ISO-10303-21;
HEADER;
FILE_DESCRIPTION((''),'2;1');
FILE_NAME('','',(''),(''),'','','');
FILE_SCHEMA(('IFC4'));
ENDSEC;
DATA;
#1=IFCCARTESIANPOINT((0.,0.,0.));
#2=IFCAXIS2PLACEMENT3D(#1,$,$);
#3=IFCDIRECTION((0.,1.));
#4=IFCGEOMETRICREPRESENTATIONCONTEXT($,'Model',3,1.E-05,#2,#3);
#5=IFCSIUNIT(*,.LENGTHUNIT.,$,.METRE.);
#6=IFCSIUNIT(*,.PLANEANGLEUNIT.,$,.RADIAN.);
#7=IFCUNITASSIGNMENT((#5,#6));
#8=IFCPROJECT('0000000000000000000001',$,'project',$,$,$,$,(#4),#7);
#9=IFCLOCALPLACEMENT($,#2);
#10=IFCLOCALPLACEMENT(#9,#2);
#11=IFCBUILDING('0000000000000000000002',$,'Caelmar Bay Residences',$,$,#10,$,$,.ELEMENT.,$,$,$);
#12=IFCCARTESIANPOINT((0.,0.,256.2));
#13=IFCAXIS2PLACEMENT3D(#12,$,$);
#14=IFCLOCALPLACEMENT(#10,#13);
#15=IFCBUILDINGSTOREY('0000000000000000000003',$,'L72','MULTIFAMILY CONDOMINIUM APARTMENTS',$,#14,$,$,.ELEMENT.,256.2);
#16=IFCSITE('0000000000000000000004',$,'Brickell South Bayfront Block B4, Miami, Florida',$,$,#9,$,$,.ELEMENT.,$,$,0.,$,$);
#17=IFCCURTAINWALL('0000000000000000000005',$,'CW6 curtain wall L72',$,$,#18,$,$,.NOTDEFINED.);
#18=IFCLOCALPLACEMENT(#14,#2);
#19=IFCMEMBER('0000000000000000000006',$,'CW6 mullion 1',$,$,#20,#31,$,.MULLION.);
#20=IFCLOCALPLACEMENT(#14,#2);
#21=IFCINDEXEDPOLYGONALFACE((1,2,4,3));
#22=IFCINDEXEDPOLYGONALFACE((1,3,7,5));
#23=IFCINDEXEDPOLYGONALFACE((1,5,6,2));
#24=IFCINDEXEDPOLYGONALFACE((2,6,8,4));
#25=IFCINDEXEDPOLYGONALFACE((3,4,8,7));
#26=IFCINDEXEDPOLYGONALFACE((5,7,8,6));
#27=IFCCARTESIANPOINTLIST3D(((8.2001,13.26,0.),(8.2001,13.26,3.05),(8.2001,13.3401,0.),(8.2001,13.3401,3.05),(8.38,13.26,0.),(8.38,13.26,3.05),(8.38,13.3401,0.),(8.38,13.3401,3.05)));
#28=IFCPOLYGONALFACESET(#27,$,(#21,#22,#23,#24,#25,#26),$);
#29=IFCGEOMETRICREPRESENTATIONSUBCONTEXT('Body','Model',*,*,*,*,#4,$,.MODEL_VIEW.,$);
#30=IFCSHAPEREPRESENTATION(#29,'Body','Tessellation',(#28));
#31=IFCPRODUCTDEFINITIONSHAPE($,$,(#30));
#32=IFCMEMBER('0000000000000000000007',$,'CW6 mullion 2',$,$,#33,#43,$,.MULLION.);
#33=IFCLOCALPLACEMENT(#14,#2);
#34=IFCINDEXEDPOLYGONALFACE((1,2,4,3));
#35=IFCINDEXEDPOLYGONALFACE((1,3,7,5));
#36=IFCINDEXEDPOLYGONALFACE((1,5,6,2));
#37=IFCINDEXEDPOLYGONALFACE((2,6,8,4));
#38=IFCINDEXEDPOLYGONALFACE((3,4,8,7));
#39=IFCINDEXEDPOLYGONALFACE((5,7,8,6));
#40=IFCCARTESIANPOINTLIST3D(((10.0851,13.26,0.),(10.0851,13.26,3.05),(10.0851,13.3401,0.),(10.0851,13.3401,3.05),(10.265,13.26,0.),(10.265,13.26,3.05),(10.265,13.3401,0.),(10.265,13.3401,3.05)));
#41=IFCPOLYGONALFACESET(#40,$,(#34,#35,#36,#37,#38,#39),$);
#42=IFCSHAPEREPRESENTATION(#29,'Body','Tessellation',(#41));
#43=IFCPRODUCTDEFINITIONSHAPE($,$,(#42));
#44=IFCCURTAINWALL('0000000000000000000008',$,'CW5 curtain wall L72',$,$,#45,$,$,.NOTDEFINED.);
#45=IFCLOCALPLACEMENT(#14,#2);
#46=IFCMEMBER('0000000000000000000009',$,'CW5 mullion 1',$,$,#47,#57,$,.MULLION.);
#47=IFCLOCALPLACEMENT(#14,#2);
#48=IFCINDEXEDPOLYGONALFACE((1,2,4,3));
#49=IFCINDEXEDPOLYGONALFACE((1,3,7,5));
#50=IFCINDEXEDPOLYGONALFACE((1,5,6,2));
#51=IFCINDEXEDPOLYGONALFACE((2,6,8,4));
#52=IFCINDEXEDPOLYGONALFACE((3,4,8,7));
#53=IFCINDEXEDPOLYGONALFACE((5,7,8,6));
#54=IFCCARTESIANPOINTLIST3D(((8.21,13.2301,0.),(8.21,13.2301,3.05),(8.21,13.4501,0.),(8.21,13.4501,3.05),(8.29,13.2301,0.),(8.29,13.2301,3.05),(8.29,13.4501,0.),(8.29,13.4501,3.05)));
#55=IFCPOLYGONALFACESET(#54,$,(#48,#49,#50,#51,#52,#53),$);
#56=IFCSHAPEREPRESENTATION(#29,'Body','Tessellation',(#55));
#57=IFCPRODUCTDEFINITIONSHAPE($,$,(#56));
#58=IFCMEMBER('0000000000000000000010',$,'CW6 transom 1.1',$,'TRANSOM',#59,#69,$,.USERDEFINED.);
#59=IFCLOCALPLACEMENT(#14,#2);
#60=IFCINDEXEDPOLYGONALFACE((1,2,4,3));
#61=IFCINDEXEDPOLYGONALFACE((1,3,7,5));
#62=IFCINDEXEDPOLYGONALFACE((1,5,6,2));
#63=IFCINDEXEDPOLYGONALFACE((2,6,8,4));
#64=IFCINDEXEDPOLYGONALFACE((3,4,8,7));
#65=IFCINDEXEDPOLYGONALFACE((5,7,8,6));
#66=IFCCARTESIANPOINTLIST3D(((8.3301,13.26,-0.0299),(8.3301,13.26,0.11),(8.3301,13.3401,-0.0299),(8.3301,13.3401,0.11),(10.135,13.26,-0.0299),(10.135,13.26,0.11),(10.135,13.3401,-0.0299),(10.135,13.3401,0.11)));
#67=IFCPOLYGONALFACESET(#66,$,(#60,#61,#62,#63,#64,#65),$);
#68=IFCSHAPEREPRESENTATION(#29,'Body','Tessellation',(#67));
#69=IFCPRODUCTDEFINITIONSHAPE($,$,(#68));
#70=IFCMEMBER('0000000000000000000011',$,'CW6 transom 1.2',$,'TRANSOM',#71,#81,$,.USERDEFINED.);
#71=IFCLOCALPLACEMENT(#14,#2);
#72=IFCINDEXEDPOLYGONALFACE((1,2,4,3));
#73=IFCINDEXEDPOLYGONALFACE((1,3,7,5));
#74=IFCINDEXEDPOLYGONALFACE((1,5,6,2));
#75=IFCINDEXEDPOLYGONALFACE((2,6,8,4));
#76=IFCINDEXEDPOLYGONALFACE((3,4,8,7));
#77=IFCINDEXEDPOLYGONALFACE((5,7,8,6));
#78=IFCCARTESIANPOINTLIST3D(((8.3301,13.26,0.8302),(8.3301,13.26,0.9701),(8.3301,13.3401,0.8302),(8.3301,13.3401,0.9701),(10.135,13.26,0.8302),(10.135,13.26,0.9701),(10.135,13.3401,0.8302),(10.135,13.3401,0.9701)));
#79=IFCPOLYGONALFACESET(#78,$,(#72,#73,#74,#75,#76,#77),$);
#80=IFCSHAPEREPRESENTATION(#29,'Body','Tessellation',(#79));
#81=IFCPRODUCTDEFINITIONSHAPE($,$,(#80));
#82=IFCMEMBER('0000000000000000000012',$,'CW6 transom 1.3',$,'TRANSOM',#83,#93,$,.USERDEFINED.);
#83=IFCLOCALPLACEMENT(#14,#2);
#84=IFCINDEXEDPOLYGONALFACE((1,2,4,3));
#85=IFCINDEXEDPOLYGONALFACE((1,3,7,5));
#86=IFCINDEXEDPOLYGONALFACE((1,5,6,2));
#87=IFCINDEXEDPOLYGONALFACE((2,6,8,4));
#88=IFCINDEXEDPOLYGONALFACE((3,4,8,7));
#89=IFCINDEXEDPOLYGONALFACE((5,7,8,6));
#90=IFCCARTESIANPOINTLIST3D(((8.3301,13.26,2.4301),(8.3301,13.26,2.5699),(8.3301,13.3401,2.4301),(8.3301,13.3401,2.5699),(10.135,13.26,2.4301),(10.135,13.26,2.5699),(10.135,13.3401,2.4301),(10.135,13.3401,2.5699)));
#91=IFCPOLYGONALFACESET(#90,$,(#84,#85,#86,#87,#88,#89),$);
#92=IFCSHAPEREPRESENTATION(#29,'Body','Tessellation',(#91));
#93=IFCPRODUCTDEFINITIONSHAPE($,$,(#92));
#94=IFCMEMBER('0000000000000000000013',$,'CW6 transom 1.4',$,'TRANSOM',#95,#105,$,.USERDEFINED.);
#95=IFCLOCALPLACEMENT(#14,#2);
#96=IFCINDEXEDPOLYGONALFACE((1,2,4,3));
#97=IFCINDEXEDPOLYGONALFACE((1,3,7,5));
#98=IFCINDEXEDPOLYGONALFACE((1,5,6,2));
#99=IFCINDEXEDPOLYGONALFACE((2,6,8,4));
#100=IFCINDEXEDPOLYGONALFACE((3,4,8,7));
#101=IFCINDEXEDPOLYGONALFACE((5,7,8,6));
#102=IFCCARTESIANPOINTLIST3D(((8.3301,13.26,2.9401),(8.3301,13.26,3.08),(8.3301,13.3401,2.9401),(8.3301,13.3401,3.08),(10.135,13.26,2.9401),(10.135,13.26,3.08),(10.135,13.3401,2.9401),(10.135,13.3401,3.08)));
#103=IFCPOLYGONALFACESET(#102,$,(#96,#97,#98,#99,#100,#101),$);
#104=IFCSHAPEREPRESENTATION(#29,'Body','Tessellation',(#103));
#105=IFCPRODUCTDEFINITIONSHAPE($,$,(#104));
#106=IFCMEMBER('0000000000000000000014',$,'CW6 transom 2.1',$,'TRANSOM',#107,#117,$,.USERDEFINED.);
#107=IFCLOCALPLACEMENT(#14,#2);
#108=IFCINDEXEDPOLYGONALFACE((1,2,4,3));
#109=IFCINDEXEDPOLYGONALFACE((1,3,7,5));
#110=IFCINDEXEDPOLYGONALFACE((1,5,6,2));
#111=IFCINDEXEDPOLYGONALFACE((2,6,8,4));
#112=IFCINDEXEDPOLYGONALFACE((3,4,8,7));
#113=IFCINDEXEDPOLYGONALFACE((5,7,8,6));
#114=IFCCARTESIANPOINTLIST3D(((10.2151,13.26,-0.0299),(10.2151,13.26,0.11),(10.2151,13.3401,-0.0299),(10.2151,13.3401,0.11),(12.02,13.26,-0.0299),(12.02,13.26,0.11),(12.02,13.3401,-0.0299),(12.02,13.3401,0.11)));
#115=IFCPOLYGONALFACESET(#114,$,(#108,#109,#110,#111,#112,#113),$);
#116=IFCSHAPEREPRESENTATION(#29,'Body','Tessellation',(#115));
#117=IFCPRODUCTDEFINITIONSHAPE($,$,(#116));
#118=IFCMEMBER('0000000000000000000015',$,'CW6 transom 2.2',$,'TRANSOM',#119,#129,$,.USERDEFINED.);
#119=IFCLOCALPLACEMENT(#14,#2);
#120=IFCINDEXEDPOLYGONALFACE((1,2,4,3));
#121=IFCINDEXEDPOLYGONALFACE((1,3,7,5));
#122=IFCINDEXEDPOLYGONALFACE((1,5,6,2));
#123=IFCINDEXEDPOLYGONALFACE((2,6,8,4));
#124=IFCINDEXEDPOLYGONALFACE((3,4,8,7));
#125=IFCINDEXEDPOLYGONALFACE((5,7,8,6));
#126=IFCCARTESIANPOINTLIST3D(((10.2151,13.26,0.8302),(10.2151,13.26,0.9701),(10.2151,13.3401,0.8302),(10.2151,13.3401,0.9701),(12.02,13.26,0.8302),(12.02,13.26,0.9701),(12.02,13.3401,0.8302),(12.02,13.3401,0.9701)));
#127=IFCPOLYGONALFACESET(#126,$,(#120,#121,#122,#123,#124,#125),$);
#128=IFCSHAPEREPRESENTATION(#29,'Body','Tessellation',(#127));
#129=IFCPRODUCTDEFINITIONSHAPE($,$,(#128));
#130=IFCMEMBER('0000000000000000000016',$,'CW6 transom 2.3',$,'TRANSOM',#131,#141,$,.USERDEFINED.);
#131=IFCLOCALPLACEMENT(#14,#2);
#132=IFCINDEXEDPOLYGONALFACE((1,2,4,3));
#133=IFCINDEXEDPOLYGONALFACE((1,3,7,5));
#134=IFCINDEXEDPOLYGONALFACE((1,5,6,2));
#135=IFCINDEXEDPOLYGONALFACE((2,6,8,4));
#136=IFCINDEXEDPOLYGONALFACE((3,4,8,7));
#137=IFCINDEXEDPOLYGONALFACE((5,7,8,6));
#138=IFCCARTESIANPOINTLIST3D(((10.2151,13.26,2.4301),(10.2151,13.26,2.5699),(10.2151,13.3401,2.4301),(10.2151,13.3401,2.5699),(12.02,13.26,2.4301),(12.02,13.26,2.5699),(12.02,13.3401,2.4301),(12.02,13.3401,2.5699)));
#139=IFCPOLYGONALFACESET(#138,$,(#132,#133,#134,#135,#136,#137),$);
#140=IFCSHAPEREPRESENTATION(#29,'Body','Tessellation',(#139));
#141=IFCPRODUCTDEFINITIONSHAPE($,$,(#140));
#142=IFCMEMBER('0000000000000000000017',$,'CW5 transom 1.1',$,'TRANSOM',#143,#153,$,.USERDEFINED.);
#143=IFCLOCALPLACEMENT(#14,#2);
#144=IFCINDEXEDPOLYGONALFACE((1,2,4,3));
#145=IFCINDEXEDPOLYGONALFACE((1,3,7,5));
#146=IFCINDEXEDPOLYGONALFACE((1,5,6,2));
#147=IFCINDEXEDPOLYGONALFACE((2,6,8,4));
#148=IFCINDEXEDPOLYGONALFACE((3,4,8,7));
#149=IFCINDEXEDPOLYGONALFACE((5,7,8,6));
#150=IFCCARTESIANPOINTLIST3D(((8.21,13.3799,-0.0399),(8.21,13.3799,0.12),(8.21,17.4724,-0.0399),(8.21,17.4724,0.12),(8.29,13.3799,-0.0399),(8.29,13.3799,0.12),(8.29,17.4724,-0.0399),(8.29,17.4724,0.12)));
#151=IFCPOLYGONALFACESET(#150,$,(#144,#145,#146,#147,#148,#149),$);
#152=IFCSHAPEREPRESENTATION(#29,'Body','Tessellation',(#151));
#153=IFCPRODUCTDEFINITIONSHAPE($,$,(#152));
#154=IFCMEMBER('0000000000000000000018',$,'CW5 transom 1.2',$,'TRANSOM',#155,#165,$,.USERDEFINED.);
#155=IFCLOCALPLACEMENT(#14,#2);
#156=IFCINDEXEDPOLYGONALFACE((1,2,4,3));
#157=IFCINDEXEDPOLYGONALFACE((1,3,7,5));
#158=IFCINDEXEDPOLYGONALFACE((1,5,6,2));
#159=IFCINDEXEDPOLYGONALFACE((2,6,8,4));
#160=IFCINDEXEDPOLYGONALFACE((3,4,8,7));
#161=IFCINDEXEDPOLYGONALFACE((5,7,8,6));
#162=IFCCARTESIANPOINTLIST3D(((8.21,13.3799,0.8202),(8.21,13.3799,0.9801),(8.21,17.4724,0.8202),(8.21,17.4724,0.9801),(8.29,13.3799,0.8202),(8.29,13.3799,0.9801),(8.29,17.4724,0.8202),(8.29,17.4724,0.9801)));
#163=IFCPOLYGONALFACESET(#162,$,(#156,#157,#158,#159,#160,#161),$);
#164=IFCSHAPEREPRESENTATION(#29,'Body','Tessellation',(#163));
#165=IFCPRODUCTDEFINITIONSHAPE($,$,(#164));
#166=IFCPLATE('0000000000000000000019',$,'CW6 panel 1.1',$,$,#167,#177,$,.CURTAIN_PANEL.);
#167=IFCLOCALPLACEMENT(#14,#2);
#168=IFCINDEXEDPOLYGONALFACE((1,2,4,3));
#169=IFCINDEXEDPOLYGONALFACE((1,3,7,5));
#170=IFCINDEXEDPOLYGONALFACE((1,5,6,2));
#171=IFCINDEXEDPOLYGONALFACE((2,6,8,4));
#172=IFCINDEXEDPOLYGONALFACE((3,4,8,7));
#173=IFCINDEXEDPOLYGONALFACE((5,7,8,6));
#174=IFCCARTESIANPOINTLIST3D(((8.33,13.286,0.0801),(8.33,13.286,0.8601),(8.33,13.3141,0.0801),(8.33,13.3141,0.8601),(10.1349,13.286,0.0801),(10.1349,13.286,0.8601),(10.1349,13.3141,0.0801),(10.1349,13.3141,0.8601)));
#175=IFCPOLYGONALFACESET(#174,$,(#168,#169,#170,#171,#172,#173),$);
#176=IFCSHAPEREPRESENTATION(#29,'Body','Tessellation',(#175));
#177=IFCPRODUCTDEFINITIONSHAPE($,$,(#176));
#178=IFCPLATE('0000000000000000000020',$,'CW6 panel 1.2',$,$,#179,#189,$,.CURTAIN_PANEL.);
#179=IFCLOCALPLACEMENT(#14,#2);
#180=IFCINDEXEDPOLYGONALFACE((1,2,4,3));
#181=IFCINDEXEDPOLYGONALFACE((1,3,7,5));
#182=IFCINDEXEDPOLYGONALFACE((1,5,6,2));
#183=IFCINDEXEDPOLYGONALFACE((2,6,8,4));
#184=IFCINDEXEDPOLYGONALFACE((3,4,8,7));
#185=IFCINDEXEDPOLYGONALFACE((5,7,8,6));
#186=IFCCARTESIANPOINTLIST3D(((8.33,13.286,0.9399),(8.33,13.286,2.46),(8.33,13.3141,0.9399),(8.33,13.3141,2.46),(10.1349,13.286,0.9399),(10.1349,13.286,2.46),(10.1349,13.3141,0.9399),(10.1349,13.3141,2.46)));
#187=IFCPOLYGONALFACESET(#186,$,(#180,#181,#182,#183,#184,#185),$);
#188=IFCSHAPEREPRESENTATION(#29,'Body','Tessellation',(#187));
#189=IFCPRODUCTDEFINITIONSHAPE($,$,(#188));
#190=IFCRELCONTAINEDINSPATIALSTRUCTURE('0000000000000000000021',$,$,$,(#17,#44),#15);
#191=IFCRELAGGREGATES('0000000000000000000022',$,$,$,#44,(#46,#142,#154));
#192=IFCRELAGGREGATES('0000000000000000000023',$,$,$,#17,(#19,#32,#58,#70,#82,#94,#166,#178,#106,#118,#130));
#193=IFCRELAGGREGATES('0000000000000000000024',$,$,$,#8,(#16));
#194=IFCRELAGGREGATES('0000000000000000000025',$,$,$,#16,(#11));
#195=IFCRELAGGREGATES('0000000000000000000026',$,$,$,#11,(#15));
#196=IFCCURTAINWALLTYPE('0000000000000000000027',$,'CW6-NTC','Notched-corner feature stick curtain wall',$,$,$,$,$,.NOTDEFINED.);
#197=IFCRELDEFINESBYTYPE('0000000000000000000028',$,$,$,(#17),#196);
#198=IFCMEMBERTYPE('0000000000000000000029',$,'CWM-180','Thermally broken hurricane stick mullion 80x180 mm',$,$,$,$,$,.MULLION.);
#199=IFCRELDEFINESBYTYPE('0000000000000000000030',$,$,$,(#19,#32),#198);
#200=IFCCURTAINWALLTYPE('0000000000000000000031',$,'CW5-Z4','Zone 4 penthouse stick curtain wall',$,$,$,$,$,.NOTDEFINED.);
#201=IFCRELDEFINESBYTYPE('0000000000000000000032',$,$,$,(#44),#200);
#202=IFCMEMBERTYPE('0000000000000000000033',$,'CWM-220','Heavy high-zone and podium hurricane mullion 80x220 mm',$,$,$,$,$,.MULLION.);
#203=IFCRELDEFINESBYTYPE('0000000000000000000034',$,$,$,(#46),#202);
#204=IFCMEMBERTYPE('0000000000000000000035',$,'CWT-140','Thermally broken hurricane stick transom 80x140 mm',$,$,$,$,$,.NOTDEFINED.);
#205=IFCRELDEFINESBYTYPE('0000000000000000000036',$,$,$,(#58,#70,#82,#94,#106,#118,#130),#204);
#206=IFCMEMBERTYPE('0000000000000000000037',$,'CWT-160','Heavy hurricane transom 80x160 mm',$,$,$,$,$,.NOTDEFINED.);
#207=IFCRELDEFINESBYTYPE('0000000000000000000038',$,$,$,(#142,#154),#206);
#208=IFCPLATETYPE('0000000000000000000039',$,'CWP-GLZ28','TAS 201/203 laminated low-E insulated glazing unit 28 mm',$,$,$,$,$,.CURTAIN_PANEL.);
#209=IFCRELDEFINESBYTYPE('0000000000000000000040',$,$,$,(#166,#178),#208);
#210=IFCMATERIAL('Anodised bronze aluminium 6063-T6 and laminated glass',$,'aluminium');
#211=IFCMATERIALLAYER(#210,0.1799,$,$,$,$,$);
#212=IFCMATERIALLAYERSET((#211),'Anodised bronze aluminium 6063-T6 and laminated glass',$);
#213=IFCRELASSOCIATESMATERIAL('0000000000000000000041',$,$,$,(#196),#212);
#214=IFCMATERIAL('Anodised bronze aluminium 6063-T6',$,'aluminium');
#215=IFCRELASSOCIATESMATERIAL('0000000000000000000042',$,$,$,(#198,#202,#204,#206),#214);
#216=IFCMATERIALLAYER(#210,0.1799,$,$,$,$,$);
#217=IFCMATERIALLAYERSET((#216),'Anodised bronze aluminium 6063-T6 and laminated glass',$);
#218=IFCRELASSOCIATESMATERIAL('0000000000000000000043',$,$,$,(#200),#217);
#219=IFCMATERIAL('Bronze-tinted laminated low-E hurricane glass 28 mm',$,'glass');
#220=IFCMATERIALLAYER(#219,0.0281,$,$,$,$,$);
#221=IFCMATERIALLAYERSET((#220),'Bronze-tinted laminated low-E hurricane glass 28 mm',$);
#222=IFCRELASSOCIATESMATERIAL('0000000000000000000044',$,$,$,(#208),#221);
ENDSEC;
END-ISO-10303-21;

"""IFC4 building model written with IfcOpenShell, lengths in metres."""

from ifc_helpers import new_model, si_unit, direction, frame, origin, origin_2d, place, context, subcontext, project, spatial, rectangle, extrude, material, layer, layer_set, material_profile, profile_set, type_object, element, aggregate, save


model = new_model("IFC4")

# Units and contexts
model_context = context("Model", 3, precision=1e-05, world=origin(), true_north=direction((0.0, 1.0)))
body_context = subcontext(model_context, "Body", "Model", "MODEL_VIEW")
ifc_project = project(units=[si_unit("LENGTHUNIT", "METRE"), si_unit("PLANEANGLEUNIT", "RADIAN")], contexts=[model_context])

# Site, building, storey
site_placement = place(None, origin())
site = spatial("IfcSite", under=ifc_project, at=site_placement, Name="Brickell South Bayfront Block B4, Miami, Florida", CompositionType="ELEMENT", RefElevation=0.0)
building_placement = place(site_placement, origin())
building = spatial("IfcBuilding", under=site, at=building_placement, Name="Caelmar Bay Residences", CompositionType="ELEMENT")
storey_placement = place(building_placement, frame((0.0, 0.0, 256.2)))
storey = spatial("IfcBuildingStorey", under=building, at=storey_placement, Name="L72", Description="MULTIFAMILY CONDOMINIUM APARTMENTS", CompositionType="ELEMENT", Elevation=256.2)

# Curtain wall, members
ifc_material_1 = material(Name="Anodised bronze aluminium 6063-T6 and laminated glass", Category="aluminium")
ifc_layer_1 = layer(ifc_material_1, 0.1799)
ifc_layer_set_1 = layer_set([ifc_layer_1], Name="Anodised bronze aluminium 6063-T6 and laminated glass")
curtain_wall_type_1 = type_object("IfcCurtainWallType", Name="CW6-NTC", Description="Notched-corner feature stick curtain wall", PredefinedType="NOTDEFINED", material=ifc_layer_set_1)
curtain_wall_1_placement = place(storey_placement, origin())
curtain_wall_1 = element("IfcCurtainWall", 1, at=curtain_wall_1_placement, inside=storey, type_object=curtain_wall_type_1, Name="CW6 curtain wall L72", PredefinedType="NOTDEFINED")
ifc_material_2 = material(Name="Anodised bronze aluminium 6063-T6", Category="aluminium")
ifc_material_profile_1 = material_profile(ifc_material_2, rectangle(XDim=0.0801, YDim=0.1799, at=origin_2d()), Name="CWM-80X180")
ifc_profile_set_1 = profile_set([ifc_material_profile_1], Name="Anodised bronze aluminium 6063-T6")
member_type_1 = type_object("IfcMemberType", Name="CWM-180", Description="Thermally broken hurricane stick mullion 80x180 mm", PredefinedType="MULLION", material=ifc_profile_set_1)
member_1_placement = place(storey_placement, frame((8.29, 13.3, 0.0), z_axis=(0.0, 0.0, 1.0), x_axis=(0.0, 1.0, 0.0)))
member_1 = element("IfcMember", 2, at=member_1_placement, type_object=member_type_1, Name="CW6 mullion 1", PredefinedType="MULLION", context=body_context, shape_type="SweptSolid", body=[
    extrude(rectangle(XDim=0.0801, YDim=0.1799, at=origin_2d()), origin(), (0.0, 0.0, 1.0), 3.05),
])
member_2_placement = place(storey_placement, frame((10.175, 13.3, 0.0), z_axis=(0.0, 0.0, 1.0), x_axis=(0.0, 1.0, 0.0)))
member_2 = element("IfcMember", 3, at=member_2_placement, type_object=member_type_1, Name="CW6 mullion 2", PredefinedType="MULLION", context=body_context, shape_type="SweptSolid", body=[
    extrude(rectangle(XDim=0.0801, YDim=0.1799, at=origin_2d()), origin(), (0.0, 0.0, 1.0), 3.05),
])

# Curtain wall, member
ifc_layer_2 = layer(ifc_material_1, 0.1799)
ifc_layer_set_2 = layer_set([ifc_layer_2], Name="Anodised bronze aluminium 6063-T6 and laminated glass")
curtain_wall_type_2 = type_object("IfcCurtainWallType", Name="CW5-Z4", Description="Zone 4 penthouse stick curtain wall", PredefinedType="NOTDEFINED", material=ifc_layer_set_2)
curtain_wall_2_placement = place(storey_placement, origin())
curtain_wall_2 = element("IfcCurtainWall", 4, at=curtain_wall_2_placement, inside=storey, type_object=curtain_wall_type_2, Name="CW5 curtain wall L72", PredefinedType="NOTDEFINED")
ifc_material_profile_2 = material_profile(ifc_material_2, rectangle(XDim=0.0801, YDim=0.22, at=origin_2d()), Name="CWM-80X220")
ifc_profile_set_2 = profile_set([ifc_material_profile_2], Name="Anodised bronze aluminium 6063-T6")
member_type_2 = type_object("IfcMemberType", Name="CWM-220", Description="Heavy high-zone and podium hurricane mullion 80x220 mm", PredefinedType="MULLION", material=ifc_profile_set_2)
member_3_placement = place(storey_placement, frame((8.25, 13.3401, 0.0), z_axis=(0.0, 0.0, 1.0), x_axis=(-1.0, 0.0, 0.0)))
member_3 = element("IfcMember", 5, at=member_3_placement, type_object=member_type_2, Name="CW5 mullion 1", PredefinedType="MULLION", context=body_context, shape_type="SweptSolid", body=[
    extrude(rectangle(XDim=0.0801, YDim=0.22, at=origin_2d()), origin(), (0.0, 0.0, 1.0), 3.05),
])

# Members
ifc_material_profile_3 = material_profile(ifc_material_2, rectangle(XDim=0.0801, YDim=0.1399, at=origin_2d()), Name="CWT-80X140")
ifc_profile_set_3 = profile_set([ifc_material_profile_3], Name="Anodised bronze aluminium 6063-T6")
member_type_3 = type_object("IfcMemberType", Name="CWT-140", Description="Thermally broken hurricane stick transom 80x140 mm", PredefinedType="NOTDEFINED", material=ifc_profile_set_3)
member_4_placement = place(storey_placement, frame((8.3301, 13.3, 0.04), z_axis=(1.0, 0.0, 0.0), x_axis=(0.0, 1.0, 0.0)))
member_4 = element("IfcMember", 6, at=member_4_placement, type_object=member_type_3, Name="CW6 transom 1.1", ObjectType="TRANSOM", PredefinedType="USERDEFINED", context=body_context, shape_type="SweptSolid", body=[
    extrude(rectangle(XDim=0.0801, YDim=0.1399, at=origin_2d()), origin(), (0.0, 0.0, 1.0), 1.8049),
])
member_5_placement = place(storey_placement, frame((8.3301, 13.3, 0.9001), z_axis=(1.0, 0.0, 0.0), x_axis=(0.0, 1.0, 0.0)))
member_5 = element("IfcMember", 7, at=member_5_placement, type_object=member_type_3, Name="CW6 transom 1.2", ObjectType="TRANSOM", PredefinedType="USERDEFINED", context=body_context, shape_type="SweptSolid", body=[
    extrude(rectangle(XDim=0.0801, YDim=0.1399, at=origin_2d()), origin(), (0.0, 0.0, 1.0), 1.8049),
])
member_6_placement = place(storey_placement, frame((8.3301, 13.3, 2.5), z_axis=(1.0, 0.0, 0.0), x_axis=(0.0, 1.0, 0.0)))
member_6 = element("IfcMember", 8, at=member_6_placement, type_object=member_type_3, Name="CW6 transom 1.3", ObjectType="TRANSOM", PredefinedType="USERDEFINED", context=body_context, shape_type="SweptSolid", body=[
    extrude(rectangle(XDim=0.0801, YDim=0.1399, at=origin_2d()), origin(), (0.0, 0.0, 1.0), 1.8049),
])
member_7_placement = place(storey_placement, frame((8.3301, 13.3, 3.01), z_axis=(1.0, 0.0, 0.0), x_axis=(0.0, 1.0, 0.0)))
member_7 = element("IfcMember", 9, at=member_7_placement, type_object=member_type_3, Name="CW6 transom 1.4", ObjectType="TRANSOM", PredefinedType="USERDEFINED", context=body_context, shape_type="SweptSolid", body=[
    extrude(rectangle(XDim=0.0801, YDim=0.1399, at=origin_2d()), origin(), (0.0, 0.0, 1.0), 1.8049),
])
member_8_placement = place(storey_placement, frame((10.2151, 13.3, 0.04), z_axis=(1.0, 0.0, 0.0), x_axis=(0.0, 1.0, 0.0)))
member_8 = element("IfcMember", 10, at=member_8_placement, type_object=member_type_3, Name="CW6 transom 2.1", ObjectType="TRANSOM", PredefinedType="USERDEFINED", context=body_context, shape_type="SweptSolid", body=[
    extrude(rectangle(XDim=0.0801, YDim=0.1399, at=origin_2d()), origin(), (0.0, 0.0, 1.0), 1.8049),
])
member_9_placement = place(storey_placement, frame((10.2151, 13.3, 0.9001), z_axis=(1.0, 0.0, 0.0), x_axis=(0.0, 1.0, 0.0)))
member_9 = element("IfcMember", 11, at=member_9_placement, type_object=member_type_3, Name="CW6 transom 2.2", ObjectType="TRANSOM", PredefinedType="USERDEFINED", context=body_context, shape_type="SweptSolid", body=[
    extrude(rectangle(XDim=0.0801, YDim=0.1399, at=origin_2d()), origin(), (0.0, 0.0, 1.0), 1.8049),
])
member_10_placement = place(storey_placement, frame((10.2151, 13.3, 2.5), z_axis=(1.0, 0.0, 0.0), x_axis=(0.0, 1.0, 0.0)))
member_10 = element("IfcMember", 12, at=member_10_placement, type_object=member_type_3, Name="CW6 transom 2.3", ObjectType="TRANSOM", PredefinedType="USERDEFINED", context=body_context, shape_type="SweptSolid", body=[
    extrude(rectangle(XDim=0.0801, YDim=0.1399, at=origin_2d()), origin(), (0.0, 0.0, 1.0), 1.8049),
])
ifc_material_profile_4 = material_profile(ifc_material_2, rectangle(XDim=0.0801, YDim=0.1599, at=origin_2d()), Name="CWT-80X160")
ifc_profile_set_4 = profile_set([ifc_material_profile_4], Name="Anodised bronze aluminium 6063-T6")
member_type_4 = type_object("IfcMemberType", Name="CWT-160", Description="Heavy hurricane transom 80x160 mm", PredefinedType="NOTDEFINED", material=ifc_profile_set_4)
member_11_placement = place(storey_placement, frame((8.25, 13.3799, 0.04), z_axis=(0.0, 1.0, 0.0), x_axis=(-1.0, 0.0, 0.0)))
member_11 = element("IfcMember", 13, at=member_11_placement, type_object=member_type_4, Name="CW5 transom 1.1", ObjectType="TRANSOM", PredefinedType="USERDEFINED", context=body_context, shape_type="SweptSolid", body=[
    extrude(rectangle(XDim=0.0801, YDim=0.1599, at=origin_2d()), origin(), (0.0, 0.0, 1.0), 4.0925),
])
member_12_placement = place(storey_placement, frame((8.25, 13.3799, 0.9001), z_axis=(0.0, 1.0, 0.0), x_axis=(-1.0, 0.0, 0.0)))
member_12 = element("IfcMember", 14, at=member_12_placement, type_object=member_type_4, Name="CW5 transom 1.2", ObjectType="TRANSOM", PredefinedType="USERDEFINED", context=body_context, shape_type="SweptSolid", body=[
    extrude(rectangle(XDim=0.0801, YDim=0.1599, at=origin_2d()), origin(), (0.0, 0.0, 1.0), 4.0925),
])
aggregate(curtain_wall_2, [member_3, member_11, member_12])

# Plates
ifc_material_3 = material(Name="Bronze-tinted laminated low-E hurricane glass 28 mm", Category="glass")
ifc_layer_3 = layer(ifc_material_3, 0.0281)
ifc_layer_set_3 = layer_set([ifc_layer_3], Name="Bronze-tinted laminated low-E hurricane glass 28 mm")
plate_type = type_object("IfcPlateType", Name="CWP-GLZ28", Description="TAS 201/203 laminated low-E insulated glazing unit 28 mm", PredefinedType="CURTAIN_PANEL", material=ifc_layer_set_3)
plate_1_placement = place(storey_placement, frame((9.2324, 13.3, 0.0801), z_axis=(0.0, 0.0, 1.0), x_axis=(1.0, 0.0, 0.0)))
plate_1 = element("IfcPlate", 15, at=plate_1_placement, type_object=plate_type, Name="CW6 panel 1.1", PredefinedType="CURTAIN_PANEL", context=body_context, shape_type="SweptSolid", body=[
    extrude(rectangle(XDim=1.8049, YDim=0.0281, at=origin_2d()), origin(), (0.0, 0.0, 1.0), 0.78),
])
plate_2_placement = place(storey_placement, frame((9.2324, 13.3, 0.9399), z_axis=(0.0, 0.0, 1.0), x_axis=(1.0, 0.0, 0.0)))
plate_2 = element("IfcPlate", 16, at=plate_2_placement, type_object=plate_type, Name="CW6 panel 1.2", PredefinedType="CURTAIN_PANEL", context=body_context, shape_type="SweptSolid", body=[
    extrude(rectangle(XDim=1.8049, YDim=0.0281, at=origin_2d()), origin(), (0.0, 0.0, 1.0), 1.52),
])
aggregate(curtain_wall_1, [member_1, member_2, member_4, member_5, member_6, member_7, plate_1, plate_2, member_8, member_9, member_10])

save(model, "model.ifc")
